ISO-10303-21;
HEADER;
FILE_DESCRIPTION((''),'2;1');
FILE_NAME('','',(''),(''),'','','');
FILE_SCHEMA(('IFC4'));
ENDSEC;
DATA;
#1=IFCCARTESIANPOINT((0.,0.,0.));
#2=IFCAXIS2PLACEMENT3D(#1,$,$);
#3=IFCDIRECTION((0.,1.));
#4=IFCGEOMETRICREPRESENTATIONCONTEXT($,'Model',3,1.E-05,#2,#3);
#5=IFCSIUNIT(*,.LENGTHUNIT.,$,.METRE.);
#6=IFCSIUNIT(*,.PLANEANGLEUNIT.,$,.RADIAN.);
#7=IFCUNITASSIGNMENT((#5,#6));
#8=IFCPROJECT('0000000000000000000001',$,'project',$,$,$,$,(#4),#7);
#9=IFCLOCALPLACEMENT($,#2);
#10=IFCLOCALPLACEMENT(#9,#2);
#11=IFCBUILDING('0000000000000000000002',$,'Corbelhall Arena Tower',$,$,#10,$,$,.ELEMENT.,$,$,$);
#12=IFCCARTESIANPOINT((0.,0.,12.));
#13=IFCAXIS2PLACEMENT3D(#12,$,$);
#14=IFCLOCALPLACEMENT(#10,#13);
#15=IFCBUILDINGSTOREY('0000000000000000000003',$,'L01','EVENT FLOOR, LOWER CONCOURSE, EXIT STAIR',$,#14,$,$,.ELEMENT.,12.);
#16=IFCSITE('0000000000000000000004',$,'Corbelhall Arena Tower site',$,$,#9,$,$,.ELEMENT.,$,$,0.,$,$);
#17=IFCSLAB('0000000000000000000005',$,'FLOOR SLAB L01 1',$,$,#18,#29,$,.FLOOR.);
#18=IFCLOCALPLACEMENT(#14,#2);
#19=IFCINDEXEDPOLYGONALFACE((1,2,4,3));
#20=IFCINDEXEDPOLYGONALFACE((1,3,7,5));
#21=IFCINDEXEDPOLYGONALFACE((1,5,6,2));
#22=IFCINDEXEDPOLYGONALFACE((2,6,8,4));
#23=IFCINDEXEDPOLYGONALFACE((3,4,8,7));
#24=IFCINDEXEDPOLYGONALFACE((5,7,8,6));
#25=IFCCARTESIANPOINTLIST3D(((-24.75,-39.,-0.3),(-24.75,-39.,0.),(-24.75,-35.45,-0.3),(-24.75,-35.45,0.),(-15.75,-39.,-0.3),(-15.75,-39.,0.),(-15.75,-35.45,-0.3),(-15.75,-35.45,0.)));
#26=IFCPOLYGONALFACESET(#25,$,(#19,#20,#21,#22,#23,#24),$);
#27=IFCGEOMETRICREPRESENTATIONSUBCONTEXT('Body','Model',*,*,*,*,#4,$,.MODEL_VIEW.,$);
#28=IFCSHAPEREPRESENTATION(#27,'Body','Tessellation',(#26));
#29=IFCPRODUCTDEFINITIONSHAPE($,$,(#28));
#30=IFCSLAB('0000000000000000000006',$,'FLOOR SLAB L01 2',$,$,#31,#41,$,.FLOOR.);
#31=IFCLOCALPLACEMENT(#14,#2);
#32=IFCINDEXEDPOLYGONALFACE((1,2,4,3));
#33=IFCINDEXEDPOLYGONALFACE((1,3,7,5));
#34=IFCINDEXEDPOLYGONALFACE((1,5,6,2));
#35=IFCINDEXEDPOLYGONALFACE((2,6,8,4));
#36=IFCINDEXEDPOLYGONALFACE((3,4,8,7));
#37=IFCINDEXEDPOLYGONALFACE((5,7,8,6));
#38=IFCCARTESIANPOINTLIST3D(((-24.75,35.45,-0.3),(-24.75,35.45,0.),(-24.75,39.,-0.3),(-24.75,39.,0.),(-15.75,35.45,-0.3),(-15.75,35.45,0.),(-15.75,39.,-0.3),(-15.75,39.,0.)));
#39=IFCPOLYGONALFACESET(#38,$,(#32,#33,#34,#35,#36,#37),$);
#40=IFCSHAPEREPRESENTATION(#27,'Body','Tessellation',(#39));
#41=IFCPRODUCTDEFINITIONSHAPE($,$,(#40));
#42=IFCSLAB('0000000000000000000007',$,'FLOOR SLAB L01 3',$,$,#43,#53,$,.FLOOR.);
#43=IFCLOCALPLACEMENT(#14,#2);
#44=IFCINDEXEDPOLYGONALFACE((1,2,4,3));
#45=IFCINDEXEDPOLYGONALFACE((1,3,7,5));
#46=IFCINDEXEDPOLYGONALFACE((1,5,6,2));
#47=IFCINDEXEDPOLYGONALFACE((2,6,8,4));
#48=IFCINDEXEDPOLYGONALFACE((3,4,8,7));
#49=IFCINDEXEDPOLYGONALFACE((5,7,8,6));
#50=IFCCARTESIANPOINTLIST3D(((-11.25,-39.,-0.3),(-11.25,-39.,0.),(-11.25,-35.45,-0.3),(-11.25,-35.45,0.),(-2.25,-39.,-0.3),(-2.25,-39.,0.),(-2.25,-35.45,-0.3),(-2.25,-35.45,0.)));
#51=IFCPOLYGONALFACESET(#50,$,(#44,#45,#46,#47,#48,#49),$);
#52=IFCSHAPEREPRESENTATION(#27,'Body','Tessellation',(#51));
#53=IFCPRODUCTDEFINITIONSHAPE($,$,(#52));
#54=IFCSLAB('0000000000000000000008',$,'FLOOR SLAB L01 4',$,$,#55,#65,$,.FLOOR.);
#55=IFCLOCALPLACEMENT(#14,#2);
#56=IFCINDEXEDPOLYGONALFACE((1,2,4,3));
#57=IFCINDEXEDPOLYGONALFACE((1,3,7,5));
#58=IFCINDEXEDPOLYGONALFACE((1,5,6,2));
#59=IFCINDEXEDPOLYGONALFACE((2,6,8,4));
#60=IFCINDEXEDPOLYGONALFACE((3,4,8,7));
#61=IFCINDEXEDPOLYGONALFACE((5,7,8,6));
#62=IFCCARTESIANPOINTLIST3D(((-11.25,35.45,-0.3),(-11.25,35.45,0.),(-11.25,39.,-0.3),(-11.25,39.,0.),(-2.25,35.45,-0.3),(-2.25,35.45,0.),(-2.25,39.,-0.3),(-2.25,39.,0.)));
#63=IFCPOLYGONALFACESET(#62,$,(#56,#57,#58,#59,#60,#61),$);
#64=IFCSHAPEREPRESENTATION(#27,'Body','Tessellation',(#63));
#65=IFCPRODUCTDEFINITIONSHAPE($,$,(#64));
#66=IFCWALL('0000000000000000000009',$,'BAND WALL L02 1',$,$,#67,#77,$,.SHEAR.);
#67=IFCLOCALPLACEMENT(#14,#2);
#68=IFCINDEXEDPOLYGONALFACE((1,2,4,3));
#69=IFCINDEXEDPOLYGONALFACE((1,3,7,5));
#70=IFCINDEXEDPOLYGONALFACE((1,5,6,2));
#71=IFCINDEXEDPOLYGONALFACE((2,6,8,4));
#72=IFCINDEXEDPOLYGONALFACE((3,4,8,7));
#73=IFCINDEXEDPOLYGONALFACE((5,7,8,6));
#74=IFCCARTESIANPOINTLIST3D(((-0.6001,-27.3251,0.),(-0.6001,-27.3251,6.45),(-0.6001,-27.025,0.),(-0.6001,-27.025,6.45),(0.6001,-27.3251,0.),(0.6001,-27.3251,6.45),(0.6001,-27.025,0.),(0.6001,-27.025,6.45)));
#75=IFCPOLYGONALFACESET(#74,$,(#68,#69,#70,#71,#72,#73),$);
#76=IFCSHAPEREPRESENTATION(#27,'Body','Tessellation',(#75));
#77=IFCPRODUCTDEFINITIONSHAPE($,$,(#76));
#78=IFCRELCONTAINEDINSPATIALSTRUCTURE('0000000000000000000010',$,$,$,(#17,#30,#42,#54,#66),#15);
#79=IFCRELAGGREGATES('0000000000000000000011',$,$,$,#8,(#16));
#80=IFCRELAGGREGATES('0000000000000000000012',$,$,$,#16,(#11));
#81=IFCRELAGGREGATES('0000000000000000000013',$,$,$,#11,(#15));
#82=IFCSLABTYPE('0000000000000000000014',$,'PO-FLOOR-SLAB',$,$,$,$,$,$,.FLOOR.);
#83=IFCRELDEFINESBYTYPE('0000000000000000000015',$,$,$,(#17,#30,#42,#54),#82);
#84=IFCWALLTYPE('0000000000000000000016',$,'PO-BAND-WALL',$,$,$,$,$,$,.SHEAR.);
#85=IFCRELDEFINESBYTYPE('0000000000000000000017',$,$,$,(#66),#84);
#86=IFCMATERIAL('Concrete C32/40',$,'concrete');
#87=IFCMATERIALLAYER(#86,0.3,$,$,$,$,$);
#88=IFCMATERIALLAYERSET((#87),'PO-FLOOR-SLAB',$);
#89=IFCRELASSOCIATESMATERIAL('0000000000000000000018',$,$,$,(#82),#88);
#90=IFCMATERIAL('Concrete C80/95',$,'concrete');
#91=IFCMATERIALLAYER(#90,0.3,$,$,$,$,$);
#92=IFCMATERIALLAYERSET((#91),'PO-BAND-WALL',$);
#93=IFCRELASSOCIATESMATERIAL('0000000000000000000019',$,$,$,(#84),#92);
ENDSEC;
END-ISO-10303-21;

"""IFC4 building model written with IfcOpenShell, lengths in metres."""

from ifc_helpers import new_model, si_unit, direction, frame, frame_2d, origin, place, context, subcontext, project, spatial, polyline, rectangle, outline, extrude, material, layer, layer_set, type_object, element, save


model = new_model("IFC4")

# Units and contexts
model_context = context("Model", 3, precision=1e-05, world=origin(), true_north=direction((0.0, 1.0)))
body_context = subcontext(model_context, "Body", "Model", "MODEL_VIEW")
ifc_project = project(units=[si_unit("LENGTHUNIT", "METRE"), si_unit("PLANEANGLEUNIT", "RADIAN")], contexts=[model_context])

# Site, building, storey
site_placement = place(None, origin())
site = spatial("IfcSite", under=ifc_project, at=site_placement, Name="Corbelhall Arena Tower site", CompositionType="ELEMENT", RefElevation=0.0)
building_placement = place(site_placement, origin())
building = spatial("IfcBuilding", under=site, at=building_placement, Name="Corbelhall Arena Tower", CompositionType="ELEMENT")
storey_placement = place(building_placement, frame((0.0, 0.0, 12.0)))
storey = spatial("IfcBuildingStorey", under=building, at=storey_placement, Name="L01", Description="EVENT FLOOR, LOWER CONCOURSE, EXIT STAIR", CompositionType="ELEMENT", Elevation=12.0)

# Shared definitions
ifc_material_1 = material(Name="Concrete C80/95", Category="concrete")

# Slabs
ifc_material_2 = material(Name="Concrete C32/40", Category="concrete")
ifc_layer_1 = layer(ifc_material_2, 0.3)
ifc_layer_set_1 = layer_set([ifc_layer_1], Name="PO-FLOOR-SLAB")
slab_type_1 = type_object("IfcSlabType", Name="PO-FLOOR-SLAB", PredefinedType="FLOOR", material=ifc_layer_set_1)
slab_1_placement = place(storey_placement, frame((0.0, 0.0, -0.3)))
element("IfcSlab", 1, at=slab_1_placement, inside=storey, type_object=slab_type_1, Name="FLOOR SLAB L01 1", PredefinedType="FLOOR", context=body_context, shape_type="SweptSolid", body=[
    extrude(outline(polyline([(-24.75, -39.0), (-24.75, -35.45), (-15.75, -35.45), (-15.75, -39.0), (-24.75, -39.0)])), origin(), (0.0, 0.0, 1.0), 0.3),
])
slab_2_placement = place(storey_placement, frame((0.0, 0.0, -0.3)))
element("IfcSlab", 2, at=slab_2_placement, inside=storey, type_object=slab_type_1, Name="FLOOR SLAB L01 2", PredefinedType="FLOOR", context=body_context, shape_type="SweptSolid", body=[
    extrude(outline(polyline([(-15.75, 39.0), (-15.75, 35.45), (-24.75, 35.45), (-24.75, 39.0), (-15.75, 39.0)])), origin(), (0.0, 0.0, 1.0), 0.3),
])
slab_3_placement = place(storey_placement, frame((0.0, 0.0, -0.3)))
element("IfcSlab", 3, at=slab_3_placement, inside=storey, type_object=slab_type_1, Name="FLOOR SLAB L01 3", PredefinedType="FLOOR", context=body_context, shape_type="SweptSolid", body=[
    extrude(outline(polyline([(-11.25, -39.0), (-11.25, -35.45), (-2.25, -35.45), (-2.25, -39.0), (-11.25, -39.0)])), origin(), (0.0, 0.0, 1.0), 0.3),
])
slab_4_placement = place(storey_placement, frame((0.0, 0.0, -0.3)))
element("IfcSlab", 4, at=slab_4_placement, inside=storey, type_object=slab_type_1, Name="FLOOR SLAB L01 4", PredefinedType="FLOOR", context=body_context, shape_type="SweptSolid", body=[
    extrude(outline(polyline([(-2.25, 39.0), (-2.25, 35.45), (-11.25, 35.45), (-11.25, 39.0), (-2.25, 39.0)])), origin(), (0.0, 0.0, 1.0), 0.3),
])

# Wall
ifc_layer_2 = layer(ifc_material_1, 0.3)
ifc_layer_set_2 = layer_set([ifc_layer_2], Name="PO-BAND-WALL")
wall_type_1 = type_object("IfcWallType", Name="PO-BAND-WALL", PredefinedType="SHEAR", material=ifc_layer_set_2)
wall_1_placement = place(storey_placement, frame((-0.6001, -27.175, 0.0), z_axis=(0.0, 0.0, 1.0), x_axis=(1.0, 0.0, 0.0)))
element("IfcWall", 5, at=wall_1_placement, inside=storey, type_object=wall_type_1, Name="BAND WALL L02 1", PredefinedType="SHEAR", context=body_context, shape_type="SweptSolid", body=[
    extrude(rectangle(XDim=1.2002, YDim=0.3, at=frame_2d((0.6001, 0.0))), origin(), (0.0, 0.0, 1.0), 6.45),
])

save(model, "model.ifc")
